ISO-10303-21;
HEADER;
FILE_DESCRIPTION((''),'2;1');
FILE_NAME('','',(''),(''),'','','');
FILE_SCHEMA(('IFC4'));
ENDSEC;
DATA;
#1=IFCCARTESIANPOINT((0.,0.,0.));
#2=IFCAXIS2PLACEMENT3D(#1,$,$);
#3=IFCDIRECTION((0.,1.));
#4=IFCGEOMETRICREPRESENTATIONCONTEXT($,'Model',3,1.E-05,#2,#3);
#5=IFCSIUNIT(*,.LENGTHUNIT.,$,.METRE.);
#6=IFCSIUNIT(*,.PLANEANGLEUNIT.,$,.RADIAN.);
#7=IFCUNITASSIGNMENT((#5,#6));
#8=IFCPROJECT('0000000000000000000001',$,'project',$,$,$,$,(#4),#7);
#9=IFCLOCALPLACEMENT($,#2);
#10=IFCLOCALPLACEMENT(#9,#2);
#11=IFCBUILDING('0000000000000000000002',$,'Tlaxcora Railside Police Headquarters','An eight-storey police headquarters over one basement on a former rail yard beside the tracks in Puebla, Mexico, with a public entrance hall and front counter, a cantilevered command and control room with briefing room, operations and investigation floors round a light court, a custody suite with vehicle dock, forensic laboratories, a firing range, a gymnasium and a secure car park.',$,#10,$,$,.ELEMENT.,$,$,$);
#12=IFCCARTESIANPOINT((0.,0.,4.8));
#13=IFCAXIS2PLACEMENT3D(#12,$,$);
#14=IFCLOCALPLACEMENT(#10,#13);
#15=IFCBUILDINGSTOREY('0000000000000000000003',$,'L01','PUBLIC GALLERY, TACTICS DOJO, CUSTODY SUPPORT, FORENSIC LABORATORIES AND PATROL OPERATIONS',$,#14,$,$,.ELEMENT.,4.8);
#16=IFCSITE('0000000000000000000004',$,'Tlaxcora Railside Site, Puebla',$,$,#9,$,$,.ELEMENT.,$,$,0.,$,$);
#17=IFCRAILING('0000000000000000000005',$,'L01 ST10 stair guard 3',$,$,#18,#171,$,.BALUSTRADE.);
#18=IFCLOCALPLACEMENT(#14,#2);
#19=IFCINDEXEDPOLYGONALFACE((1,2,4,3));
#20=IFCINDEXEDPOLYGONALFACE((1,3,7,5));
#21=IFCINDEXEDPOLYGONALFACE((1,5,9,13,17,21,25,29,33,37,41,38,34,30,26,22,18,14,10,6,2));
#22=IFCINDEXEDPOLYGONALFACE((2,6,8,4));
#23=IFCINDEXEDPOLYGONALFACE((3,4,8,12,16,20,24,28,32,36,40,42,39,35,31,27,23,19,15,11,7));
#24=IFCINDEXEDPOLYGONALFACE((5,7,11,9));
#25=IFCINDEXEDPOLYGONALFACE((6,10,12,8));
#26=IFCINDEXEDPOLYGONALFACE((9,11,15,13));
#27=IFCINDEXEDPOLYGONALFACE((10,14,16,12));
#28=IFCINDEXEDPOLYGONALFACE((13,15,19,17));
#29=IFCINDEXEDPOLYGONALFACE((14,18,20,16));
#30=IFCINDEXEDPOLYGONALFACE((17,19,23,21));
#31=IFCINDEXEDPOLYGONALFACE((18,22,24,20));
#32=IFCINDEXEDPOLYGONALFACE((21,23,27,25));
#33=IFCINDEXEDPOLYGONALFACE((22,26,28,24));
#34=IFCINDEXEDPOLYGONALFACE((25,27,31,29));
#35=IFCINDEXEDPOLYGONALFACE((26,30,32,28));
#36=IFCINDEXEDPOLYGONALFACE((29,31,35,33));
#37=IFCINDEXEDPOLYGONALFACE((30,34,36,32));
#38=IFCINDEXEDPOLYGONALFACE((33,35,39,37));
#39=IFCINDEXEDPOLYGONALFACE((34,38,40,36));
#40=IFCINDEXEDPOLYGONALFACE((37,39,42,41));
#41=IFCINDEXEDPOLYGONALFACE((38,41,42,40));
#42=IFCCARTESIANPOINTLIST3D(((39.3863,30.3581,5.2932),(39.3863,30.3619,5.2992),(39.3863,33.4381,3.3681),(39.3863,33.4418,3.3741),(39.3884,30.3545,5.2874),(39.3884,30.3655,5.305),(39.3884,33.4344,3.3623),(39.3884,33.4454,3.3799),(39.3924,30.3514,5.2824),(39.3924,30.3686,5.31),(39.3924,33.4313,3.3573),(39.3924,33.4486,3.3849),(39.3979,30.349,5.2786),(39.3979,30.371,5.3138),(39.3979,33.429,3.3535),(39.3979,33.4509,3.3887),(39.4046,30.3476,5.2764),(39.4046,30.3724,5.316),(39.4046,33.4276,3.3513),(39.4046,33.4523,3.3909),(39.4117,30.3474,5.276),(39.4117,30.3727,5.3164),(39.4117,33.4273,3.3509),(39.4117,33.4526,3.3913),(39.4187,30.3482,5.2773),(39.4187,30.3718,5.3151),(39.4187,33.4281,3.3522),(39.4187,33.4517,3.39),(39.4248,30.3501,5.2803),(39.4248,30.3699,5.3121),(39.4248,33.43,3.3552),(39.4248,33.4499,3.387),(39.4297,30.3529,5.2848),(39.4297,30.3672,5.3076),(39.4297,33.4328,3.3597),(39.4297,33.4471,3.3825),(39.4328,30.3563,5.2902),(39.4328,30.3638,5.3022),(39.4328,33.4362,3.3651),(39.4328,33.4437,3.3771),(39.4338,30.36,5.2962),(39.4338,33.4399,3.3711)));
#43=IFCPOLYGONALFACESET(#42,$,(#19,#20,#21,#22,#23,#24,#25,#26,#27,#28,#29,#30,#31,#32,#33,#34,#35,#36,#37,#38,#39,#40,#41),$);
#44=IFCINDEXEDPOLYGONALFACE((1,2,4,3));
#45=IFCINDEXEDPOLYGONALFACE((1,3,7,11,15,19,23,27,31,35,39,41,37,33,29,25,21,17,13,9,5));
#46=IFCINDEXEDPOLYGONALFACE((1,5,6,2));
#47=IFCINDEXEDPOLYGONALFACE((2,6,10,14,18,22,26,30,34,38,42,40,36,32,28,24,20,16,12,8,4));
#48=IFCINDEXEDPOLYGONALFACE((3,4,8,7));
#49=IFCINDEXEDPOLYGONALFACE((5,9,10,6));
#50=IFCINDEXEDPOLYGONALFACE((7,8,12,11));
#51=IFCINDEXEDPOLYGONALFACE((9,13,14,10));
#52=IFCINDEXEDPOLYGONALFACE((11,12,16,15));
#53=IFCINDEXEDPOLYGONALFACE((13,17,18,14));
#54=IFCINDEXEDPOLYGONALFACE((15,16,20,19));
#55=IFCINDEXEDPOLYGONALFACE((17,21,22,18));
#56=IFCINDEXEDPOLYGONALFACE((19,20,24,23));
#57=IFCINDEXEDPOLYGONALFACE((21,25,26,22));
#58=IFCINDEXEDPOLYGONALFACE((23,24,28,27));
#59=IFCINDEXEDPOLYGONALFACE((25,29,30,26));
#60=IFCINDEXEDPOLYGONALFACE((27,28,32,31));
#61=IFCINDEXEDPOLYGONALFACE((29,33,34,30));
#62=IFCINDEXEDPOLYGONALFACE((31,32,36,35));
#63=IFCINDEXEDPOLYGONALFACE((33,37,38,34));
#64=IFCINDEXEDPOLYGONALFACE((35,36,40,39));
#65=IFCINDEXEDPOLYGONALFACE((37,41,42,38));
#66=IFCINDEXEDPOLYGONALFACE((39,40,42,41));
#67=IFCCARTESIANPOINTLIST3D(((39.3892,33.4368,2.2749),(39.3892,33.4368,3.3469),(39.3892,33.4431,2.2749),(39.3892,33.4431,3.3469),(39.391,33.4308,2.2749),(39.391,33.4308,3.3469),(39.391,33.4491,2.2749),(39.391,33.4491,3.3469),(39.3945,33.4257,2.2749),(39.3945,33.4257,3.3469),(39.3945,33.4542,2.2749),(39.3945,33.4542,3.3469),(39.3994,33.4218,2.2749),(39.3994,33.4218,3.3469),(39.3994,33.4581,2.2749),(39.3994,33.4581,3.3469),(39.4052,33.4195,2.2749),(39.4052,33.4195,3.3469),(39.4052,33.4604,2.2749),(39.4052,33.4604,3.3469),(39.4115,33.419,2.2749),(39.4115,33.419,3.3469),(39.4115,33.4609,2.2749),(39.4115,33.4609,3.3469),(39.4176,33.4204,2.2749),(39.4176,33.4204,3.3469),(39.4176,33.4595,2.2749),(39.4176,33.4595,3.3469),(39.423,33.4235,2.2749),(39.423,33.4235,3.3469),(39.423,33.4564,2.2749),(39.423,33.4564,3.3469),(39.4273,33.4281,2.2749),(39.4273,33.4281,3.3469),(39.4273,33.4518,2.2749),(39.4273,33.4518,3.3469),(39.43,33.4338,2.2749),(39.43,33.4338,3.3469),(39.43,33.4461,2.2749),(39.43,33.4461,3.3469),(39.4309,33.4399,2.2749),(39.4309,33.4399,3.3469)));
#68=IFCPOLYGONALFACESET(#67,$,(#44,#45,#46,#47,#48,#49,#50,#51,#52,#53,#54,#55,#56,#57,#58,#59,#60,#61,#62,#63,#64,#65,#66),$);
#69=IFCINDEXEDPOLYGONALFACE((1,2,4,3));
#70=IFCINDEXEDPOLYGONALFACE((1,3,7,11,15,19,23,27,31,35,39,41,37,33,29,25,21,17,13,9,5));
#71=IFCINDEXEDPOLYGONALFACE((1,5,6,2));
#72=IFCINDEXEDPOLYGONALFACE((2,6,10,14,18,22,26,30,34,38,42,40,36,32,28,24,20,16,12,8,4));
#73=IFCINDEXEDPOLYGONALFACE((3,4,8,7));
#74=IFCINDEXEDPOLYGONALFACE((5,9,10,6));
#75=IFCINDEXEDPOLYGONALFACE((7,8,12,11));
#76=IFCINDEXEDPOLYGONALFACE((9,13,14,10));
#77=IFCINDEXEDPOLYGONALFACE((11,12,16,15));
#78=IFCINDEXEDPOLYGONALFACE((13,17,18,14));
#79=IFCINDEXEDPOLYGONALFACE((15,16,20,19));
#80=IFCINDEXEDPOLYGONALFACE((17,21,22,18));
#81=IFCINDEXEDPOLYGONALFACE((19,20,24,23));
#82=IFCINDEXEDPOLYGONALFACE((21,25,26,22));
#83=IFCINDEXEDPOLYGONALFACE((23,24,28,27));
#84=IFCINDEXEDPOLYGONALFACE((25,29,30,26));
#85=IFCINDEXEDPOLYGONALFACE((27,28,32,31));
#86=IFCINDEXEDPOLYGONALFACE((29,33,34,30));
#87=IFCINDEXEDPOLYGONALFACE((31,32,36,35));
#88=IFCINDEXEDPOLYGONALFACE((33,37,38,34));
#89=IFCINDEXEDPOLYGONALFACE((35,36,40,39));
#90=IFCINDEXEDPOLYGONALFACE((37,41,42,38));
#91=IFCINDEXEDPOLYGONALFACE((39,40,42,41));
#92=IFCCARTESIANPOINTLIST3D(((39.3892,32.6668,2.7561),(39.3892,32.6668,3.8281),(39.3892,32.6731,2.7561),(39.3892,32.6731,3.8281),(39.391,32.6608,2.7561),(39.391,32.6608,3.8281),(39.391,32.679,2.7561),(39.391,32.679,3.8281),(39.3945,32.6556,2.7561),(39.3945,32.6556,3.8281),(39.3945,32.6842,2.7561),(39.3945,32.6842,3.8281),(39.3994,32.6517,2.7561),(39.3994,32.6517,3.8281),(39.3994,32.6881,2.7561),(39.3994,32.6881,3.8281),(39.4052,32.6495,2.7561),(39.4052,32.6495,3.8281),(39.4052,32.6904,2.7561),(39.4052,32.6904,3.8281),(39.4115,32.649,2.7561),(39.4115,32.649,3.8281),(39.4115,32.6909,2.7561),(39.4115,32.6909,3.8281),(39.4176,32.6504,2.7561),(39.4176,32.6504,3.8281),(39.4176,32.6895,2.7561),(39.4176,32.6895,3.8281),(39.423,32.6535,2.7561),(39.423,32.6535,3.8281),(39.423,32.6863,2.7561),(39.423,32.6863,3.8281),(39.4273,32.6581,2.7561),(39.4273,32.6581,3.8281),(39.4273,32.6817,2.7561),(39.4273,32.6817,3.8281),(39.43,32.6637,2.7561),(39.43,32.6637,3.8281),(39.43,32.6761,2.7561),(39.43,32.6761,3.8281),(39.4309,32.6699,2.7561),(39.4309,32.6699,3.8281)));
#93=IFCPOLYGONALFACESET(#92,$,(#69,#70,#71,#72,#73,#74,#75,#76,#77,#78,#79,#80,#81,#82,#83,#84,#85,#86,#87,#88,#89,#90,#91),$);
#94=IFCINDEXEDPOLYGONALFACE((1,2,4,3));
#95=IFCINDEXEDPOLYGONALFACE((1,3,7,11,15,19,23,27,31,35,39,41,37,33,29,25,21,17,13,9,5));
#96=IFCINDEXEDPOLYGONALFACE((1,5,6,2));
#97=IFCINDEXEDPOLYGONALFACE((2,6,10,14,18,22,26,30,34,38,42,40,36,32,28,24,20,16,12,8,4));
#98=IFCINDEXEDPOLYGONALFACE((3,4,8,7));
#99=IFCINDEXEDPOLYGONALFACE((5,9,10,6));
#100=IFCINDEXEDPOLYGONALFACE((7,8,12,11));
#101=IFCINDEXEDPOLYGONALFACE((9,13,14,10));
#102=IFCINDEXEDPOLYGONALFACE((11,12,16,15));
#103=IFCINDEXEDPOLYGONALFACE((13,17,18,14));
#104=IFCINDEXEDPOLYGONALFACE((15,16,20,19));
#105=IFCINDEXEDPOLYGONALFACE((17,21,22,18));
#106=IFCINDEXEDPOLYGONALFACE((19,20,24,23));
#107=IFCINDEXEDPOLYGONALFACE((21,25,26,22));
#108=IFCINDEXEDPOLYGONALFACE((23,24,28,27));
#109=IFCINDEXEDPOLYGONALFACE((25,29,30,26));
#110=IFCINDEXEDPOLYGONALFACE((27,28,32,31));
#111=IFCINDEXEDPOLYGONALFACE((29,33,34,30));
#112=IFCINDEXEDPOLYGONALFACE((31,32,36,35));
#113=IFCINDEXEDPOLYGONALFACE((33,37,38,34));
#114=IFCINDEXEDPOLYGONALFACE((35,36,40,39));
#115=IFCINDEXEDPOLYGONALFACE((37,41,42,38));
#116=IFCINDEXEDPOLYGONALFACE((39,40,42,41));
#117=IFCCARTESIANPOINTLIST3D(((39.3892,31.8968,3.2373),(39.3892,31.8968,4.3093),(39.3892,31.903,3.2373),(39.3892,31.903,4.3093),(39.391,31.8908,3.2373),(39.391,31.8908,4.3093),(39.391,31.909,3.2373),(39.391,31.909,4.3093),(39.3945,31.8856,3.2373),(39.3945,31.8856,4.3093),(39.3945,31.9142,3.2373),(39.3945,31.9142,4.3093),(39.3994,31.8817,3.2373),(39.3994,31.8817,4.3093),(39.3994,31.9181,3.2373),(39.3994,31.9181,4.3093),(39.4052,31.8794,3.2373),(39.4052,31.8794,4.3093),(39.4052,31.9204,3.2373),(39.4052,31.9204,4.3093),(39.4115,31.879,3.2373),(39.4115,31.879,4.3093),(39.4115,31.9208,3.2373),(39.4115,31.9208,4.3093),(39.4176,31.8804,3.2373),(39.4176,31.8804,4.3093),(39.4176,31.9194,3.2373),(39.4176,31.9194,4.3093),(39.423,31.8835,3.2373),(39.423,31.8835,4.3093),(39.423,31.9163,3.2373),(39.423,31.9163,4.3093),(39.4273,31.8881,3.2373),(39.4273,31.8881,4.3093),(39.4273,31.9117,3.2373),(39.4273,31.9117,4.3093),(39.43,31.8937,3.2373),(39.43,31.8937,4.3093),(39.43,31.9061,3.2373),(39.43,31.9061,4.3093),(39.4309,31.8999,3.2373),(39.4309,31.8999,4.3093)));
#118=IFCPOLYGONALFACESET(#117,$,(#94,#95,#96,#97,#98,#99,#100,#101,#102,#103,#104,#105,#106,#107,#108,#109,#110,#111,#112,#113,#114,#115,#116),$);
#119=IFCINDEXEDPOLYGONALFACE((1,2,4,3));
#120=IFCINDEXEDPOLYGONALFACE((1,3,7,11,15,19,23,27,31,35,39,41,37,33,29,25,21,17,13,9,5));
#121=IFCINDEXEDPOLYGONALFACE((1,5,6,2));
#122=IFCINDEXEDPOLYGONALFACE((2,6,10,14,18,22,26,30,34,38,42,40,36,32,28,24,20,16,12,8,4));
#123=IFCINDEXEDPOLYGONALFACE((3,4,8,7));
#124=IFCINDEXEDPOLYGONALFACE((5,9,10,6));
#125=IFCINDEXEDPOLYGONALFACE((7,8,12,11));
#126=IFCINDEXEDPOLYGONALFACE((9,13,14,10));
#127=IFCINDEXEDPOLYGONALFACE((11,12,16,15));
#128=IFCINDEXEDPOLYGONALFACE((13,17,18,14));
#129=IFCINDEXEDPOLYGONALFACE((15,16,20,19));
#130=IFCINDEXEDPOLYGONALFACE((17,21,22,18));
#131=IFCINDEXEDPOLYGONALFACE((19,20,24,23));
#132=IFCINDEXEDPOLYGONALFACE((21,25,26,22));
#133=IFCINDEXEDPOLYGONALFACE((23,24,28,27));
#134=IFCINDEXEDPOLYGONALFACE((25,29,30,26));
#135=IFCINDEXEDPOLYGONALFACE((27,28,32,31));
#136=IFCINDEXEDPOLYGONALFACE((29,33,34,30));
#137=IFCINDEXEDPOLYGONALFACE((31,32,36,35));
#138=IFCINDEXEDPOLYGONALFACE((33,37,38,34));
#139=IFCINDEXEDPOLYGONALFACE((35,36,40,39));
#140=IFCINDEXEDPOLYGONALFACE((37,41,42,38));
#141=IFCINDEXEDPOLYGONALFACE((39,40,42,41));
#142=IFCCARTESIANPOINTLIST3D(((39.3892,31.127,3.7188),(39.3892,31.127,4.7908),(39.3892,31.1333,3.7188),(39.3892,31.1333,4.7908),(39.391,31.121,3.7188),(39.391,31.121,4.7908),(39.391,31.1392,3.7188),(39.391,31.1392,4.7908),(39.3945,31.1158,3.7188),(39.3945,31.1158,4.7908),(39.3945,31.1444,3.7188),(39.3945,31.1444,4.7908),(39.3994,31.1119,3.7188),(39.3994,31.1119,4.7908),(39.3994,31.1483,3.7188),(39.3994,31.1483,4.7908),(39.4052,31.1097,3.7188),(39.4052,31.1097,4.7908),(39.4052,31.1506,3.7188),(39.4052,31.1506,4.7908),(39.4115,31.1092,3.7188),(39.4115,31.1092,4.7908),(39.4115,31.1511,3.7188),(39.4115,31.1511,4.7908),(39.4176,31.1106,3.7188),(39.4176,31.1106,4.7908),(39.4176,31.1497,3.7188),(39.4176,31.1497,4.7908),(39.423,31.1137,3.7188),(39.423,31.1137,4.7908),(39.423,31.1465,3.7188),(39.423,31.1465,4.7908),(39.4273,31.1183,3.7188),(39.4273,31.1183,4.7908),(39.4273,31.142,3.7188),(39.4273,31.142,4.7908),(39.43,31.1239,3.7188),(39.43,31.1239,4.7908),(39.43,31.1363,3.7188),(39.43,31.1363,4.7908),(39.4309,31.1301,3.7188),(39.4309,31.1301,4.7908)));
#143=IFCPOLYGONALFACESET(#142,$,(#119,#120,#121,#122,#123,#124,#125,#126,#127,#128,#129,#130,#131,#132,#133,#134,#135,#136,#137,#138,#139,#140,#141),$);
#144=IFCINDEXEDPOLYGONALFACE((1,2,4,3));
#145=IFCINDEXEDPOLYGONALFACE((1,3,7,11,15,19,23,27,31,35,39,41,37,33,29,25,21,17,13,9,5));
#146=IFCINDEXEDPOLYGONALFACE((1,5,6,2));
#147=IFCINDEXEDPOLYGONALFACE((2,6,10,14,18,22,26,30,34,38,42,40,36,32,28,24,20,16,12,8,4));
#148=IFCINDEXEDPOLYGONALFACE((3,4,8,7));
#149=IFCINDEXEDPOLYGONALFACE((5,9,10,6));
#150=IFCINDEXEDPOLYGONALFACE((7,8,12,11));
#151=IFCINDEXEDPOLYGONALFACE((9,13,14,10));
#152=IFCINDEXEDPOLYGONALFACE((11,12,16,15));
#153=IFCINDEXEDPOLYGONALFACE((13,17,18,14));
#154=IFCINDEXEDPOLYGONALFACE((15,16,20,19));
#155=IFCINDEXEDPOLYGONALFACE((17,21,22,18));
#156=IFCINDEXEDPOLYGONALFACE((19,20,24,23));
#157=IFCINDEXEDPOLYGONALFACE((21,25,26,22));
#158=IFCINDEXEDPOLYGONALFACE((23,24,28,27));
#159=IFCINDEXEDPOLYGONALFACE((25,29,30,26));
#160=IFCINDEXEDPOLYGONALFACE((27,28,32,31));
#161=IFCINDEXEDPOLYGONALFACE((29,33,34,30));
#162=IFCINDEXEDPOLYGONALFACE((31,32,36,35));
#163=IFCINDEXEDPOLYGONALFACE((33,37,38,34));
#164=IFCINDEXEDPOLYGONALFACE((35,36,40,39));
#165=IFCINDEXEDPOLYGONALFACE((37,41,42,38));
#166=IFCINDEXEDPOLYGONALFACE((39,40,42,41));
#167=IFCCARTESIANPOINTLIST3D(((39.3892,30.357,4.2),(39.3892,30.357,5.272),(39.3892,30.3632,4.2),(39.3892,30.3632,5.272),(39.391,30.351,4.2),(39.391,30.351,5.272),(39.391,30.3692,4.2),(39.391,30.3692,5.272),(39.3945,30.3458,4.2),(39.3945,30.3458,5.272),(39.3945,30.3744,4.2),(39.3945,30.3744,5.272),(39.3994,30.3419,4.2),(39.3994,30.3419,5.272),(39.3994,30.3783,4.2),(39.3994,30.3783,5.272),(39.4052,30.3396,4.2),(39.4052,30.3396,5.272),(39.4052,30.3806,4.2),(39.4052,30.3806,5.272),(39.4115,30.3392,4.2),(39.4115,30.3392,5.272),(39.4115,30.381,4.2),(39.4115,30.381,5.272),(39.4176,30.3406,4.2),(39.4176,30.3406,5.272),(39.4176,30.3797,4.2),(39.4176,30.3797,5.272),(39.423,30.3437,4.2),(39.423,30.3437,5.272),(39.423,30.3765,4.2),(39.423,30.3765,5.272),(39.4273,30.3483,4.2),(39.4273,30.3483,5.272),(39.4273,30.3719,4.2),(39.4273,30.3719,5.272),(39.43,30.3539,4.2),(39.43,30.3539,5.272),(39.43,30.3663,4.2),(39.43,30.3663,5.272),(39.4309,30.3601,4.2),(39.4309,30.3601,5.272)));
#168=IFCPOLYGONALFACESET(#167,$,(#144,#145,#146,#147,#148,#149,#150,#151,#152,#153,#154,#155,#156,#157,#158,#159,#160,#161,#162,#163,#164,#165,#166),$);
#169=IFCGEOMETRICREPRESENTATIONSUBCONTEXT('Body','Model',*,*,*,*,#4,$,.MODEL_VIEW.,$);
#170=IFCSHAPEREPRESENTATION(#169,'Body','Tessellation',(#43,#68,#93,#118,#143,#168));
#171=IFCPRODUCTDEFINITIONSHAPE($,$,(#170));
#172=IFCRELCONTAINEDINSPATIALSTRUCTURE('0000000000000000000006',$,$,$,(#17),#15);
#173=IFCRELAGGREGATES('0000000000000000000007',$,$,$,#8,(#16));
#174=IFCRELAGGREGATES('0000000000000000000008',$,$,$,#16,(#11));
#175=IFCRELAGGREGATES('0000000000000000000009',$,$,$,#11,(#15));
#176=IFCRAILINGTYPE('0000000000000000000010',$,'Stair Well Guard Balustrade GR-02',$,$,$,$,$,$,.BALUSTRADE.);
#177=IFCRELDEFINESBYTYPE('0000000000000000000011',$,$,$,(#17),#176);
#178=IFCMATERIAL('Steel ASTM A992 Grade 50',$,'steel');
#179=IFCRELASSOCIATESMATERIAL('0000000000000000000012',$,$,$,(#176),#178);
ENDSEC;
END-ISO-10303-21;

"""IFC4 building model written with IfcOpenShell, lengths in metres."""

from ifc_helpers import new_model, si_unit, direction, frame, origin, origin_2d, place, context, subcontext, project, spatial, circle, extrude, material, type_object, element, save


model = new_model("IFC4")

# Units and contexts
model_context = context("Model", 3, precision=1e-05, world=origin(), true_north=direction((0.0, 1.0)))
body_context = subcontext(model_context, "Body", "Model", "MODEL_VIEW")
ifc_project = project(units=[si_unit("LENGTHUNIT", "METRE"), si_unit("PLANEANGLEUNIT", "RADIAN")], contexts=[model_context])

# Site, building, storey
site_placement = place(None, origin())
site = spatial("IfcSite", under=ifc_project, at=site_placement, Name="Tlaxcora Railside Site, Puebla", CompositionType="ELEMENT", RefElevation=0.0)
building_placement = place(site_placement, origin())
building = spatial("IfcBuilding", under=site, at=building_placement, Name="Tlaxcora Railside Police Headquarters", Description="An eight-storey police headquarters over one basement on a former rail yard beside the tracks in Puebla, Mexico, with a public entrance hall and front counter, a cantilevered command and control room with briefing room, operations and investigation floors round a light court, a custody suite with vehicle dock, forensic laboratories, a firing range, a gymnasium and a secure car park.", CompositionType="ELEMENT")
storey_placement = place(building_placement, frame((0.0, 0.0, 4.8)))
storey = spatial("IfcBuildingStorey", under=building, at=storey_placement, Name="L01", Description="PUBLIC GALLERY, TACTICS DOJO, CUSTODY SUPPORT, FORENSIC LABORATORIES AND PATROL OPERATIONS", CompositionType="ELEMENT", Elevation=4.8)

# Shared definitions
ifc_material_1 = material(Name="Steel ASTM A992 Grade 50", Category="steel")

# Railing
railing_type_1 = type_object("IfcRailingType", Name="Stair Well Guard Balustrade GR-02", PredefinedType="BALUSTRADE", material=ifc_material_1)
railing_1_placement = place(storey_placement, frame((39.4099, 33.4399, 2.2749)))
element("IfcRailing", 1, at=railing_1_placement, inside=storey, type_object=railing_type_1, Name="L01 ST10 stair guard 3", PredefinedType="BALUSTRADE", context=body_context, shape_type="SweptSolid", body=[
    extrude(circle(Radius=0.0239, at=origin_2d()), frame((0.0, 0.0, 1.0962), z_axis=(0.0, -0.847979, 0.530029), x_axis=(1.0, 0.0, 0.0)), (0.0, 0.0, 1.0), 3.6321),
    extrude(circle(Radius=0.021, at=origin_2d()), origin(), (0.0, 0.0, 1.0), 1.072),
    extrude(circle(Radius=0.021, at=origin_2d()), frame((0.0, -0.77, 0.4812)), (0.0, 0.0, 1.0), 1.072),
    extrude(circle(Radius=0.021, at=origin_2d()), frame((0.0, -1.54, 0.9624)), (0.0, 0.0, 1.0), 1.072),
    extrude(circle(Radius=0.021, at=origin_2d()), frame((0.0, -2.3098, 1.4438)), (0.0, 0.0, 1.0), 1.072),
    extrude(circle(Radius=0.021, at=origin_2d()), frame((0.0, -3.0798, 1.925)), (0.0, 0.0, 1.0), 1.072),
])

save(model, "model.ifc")
